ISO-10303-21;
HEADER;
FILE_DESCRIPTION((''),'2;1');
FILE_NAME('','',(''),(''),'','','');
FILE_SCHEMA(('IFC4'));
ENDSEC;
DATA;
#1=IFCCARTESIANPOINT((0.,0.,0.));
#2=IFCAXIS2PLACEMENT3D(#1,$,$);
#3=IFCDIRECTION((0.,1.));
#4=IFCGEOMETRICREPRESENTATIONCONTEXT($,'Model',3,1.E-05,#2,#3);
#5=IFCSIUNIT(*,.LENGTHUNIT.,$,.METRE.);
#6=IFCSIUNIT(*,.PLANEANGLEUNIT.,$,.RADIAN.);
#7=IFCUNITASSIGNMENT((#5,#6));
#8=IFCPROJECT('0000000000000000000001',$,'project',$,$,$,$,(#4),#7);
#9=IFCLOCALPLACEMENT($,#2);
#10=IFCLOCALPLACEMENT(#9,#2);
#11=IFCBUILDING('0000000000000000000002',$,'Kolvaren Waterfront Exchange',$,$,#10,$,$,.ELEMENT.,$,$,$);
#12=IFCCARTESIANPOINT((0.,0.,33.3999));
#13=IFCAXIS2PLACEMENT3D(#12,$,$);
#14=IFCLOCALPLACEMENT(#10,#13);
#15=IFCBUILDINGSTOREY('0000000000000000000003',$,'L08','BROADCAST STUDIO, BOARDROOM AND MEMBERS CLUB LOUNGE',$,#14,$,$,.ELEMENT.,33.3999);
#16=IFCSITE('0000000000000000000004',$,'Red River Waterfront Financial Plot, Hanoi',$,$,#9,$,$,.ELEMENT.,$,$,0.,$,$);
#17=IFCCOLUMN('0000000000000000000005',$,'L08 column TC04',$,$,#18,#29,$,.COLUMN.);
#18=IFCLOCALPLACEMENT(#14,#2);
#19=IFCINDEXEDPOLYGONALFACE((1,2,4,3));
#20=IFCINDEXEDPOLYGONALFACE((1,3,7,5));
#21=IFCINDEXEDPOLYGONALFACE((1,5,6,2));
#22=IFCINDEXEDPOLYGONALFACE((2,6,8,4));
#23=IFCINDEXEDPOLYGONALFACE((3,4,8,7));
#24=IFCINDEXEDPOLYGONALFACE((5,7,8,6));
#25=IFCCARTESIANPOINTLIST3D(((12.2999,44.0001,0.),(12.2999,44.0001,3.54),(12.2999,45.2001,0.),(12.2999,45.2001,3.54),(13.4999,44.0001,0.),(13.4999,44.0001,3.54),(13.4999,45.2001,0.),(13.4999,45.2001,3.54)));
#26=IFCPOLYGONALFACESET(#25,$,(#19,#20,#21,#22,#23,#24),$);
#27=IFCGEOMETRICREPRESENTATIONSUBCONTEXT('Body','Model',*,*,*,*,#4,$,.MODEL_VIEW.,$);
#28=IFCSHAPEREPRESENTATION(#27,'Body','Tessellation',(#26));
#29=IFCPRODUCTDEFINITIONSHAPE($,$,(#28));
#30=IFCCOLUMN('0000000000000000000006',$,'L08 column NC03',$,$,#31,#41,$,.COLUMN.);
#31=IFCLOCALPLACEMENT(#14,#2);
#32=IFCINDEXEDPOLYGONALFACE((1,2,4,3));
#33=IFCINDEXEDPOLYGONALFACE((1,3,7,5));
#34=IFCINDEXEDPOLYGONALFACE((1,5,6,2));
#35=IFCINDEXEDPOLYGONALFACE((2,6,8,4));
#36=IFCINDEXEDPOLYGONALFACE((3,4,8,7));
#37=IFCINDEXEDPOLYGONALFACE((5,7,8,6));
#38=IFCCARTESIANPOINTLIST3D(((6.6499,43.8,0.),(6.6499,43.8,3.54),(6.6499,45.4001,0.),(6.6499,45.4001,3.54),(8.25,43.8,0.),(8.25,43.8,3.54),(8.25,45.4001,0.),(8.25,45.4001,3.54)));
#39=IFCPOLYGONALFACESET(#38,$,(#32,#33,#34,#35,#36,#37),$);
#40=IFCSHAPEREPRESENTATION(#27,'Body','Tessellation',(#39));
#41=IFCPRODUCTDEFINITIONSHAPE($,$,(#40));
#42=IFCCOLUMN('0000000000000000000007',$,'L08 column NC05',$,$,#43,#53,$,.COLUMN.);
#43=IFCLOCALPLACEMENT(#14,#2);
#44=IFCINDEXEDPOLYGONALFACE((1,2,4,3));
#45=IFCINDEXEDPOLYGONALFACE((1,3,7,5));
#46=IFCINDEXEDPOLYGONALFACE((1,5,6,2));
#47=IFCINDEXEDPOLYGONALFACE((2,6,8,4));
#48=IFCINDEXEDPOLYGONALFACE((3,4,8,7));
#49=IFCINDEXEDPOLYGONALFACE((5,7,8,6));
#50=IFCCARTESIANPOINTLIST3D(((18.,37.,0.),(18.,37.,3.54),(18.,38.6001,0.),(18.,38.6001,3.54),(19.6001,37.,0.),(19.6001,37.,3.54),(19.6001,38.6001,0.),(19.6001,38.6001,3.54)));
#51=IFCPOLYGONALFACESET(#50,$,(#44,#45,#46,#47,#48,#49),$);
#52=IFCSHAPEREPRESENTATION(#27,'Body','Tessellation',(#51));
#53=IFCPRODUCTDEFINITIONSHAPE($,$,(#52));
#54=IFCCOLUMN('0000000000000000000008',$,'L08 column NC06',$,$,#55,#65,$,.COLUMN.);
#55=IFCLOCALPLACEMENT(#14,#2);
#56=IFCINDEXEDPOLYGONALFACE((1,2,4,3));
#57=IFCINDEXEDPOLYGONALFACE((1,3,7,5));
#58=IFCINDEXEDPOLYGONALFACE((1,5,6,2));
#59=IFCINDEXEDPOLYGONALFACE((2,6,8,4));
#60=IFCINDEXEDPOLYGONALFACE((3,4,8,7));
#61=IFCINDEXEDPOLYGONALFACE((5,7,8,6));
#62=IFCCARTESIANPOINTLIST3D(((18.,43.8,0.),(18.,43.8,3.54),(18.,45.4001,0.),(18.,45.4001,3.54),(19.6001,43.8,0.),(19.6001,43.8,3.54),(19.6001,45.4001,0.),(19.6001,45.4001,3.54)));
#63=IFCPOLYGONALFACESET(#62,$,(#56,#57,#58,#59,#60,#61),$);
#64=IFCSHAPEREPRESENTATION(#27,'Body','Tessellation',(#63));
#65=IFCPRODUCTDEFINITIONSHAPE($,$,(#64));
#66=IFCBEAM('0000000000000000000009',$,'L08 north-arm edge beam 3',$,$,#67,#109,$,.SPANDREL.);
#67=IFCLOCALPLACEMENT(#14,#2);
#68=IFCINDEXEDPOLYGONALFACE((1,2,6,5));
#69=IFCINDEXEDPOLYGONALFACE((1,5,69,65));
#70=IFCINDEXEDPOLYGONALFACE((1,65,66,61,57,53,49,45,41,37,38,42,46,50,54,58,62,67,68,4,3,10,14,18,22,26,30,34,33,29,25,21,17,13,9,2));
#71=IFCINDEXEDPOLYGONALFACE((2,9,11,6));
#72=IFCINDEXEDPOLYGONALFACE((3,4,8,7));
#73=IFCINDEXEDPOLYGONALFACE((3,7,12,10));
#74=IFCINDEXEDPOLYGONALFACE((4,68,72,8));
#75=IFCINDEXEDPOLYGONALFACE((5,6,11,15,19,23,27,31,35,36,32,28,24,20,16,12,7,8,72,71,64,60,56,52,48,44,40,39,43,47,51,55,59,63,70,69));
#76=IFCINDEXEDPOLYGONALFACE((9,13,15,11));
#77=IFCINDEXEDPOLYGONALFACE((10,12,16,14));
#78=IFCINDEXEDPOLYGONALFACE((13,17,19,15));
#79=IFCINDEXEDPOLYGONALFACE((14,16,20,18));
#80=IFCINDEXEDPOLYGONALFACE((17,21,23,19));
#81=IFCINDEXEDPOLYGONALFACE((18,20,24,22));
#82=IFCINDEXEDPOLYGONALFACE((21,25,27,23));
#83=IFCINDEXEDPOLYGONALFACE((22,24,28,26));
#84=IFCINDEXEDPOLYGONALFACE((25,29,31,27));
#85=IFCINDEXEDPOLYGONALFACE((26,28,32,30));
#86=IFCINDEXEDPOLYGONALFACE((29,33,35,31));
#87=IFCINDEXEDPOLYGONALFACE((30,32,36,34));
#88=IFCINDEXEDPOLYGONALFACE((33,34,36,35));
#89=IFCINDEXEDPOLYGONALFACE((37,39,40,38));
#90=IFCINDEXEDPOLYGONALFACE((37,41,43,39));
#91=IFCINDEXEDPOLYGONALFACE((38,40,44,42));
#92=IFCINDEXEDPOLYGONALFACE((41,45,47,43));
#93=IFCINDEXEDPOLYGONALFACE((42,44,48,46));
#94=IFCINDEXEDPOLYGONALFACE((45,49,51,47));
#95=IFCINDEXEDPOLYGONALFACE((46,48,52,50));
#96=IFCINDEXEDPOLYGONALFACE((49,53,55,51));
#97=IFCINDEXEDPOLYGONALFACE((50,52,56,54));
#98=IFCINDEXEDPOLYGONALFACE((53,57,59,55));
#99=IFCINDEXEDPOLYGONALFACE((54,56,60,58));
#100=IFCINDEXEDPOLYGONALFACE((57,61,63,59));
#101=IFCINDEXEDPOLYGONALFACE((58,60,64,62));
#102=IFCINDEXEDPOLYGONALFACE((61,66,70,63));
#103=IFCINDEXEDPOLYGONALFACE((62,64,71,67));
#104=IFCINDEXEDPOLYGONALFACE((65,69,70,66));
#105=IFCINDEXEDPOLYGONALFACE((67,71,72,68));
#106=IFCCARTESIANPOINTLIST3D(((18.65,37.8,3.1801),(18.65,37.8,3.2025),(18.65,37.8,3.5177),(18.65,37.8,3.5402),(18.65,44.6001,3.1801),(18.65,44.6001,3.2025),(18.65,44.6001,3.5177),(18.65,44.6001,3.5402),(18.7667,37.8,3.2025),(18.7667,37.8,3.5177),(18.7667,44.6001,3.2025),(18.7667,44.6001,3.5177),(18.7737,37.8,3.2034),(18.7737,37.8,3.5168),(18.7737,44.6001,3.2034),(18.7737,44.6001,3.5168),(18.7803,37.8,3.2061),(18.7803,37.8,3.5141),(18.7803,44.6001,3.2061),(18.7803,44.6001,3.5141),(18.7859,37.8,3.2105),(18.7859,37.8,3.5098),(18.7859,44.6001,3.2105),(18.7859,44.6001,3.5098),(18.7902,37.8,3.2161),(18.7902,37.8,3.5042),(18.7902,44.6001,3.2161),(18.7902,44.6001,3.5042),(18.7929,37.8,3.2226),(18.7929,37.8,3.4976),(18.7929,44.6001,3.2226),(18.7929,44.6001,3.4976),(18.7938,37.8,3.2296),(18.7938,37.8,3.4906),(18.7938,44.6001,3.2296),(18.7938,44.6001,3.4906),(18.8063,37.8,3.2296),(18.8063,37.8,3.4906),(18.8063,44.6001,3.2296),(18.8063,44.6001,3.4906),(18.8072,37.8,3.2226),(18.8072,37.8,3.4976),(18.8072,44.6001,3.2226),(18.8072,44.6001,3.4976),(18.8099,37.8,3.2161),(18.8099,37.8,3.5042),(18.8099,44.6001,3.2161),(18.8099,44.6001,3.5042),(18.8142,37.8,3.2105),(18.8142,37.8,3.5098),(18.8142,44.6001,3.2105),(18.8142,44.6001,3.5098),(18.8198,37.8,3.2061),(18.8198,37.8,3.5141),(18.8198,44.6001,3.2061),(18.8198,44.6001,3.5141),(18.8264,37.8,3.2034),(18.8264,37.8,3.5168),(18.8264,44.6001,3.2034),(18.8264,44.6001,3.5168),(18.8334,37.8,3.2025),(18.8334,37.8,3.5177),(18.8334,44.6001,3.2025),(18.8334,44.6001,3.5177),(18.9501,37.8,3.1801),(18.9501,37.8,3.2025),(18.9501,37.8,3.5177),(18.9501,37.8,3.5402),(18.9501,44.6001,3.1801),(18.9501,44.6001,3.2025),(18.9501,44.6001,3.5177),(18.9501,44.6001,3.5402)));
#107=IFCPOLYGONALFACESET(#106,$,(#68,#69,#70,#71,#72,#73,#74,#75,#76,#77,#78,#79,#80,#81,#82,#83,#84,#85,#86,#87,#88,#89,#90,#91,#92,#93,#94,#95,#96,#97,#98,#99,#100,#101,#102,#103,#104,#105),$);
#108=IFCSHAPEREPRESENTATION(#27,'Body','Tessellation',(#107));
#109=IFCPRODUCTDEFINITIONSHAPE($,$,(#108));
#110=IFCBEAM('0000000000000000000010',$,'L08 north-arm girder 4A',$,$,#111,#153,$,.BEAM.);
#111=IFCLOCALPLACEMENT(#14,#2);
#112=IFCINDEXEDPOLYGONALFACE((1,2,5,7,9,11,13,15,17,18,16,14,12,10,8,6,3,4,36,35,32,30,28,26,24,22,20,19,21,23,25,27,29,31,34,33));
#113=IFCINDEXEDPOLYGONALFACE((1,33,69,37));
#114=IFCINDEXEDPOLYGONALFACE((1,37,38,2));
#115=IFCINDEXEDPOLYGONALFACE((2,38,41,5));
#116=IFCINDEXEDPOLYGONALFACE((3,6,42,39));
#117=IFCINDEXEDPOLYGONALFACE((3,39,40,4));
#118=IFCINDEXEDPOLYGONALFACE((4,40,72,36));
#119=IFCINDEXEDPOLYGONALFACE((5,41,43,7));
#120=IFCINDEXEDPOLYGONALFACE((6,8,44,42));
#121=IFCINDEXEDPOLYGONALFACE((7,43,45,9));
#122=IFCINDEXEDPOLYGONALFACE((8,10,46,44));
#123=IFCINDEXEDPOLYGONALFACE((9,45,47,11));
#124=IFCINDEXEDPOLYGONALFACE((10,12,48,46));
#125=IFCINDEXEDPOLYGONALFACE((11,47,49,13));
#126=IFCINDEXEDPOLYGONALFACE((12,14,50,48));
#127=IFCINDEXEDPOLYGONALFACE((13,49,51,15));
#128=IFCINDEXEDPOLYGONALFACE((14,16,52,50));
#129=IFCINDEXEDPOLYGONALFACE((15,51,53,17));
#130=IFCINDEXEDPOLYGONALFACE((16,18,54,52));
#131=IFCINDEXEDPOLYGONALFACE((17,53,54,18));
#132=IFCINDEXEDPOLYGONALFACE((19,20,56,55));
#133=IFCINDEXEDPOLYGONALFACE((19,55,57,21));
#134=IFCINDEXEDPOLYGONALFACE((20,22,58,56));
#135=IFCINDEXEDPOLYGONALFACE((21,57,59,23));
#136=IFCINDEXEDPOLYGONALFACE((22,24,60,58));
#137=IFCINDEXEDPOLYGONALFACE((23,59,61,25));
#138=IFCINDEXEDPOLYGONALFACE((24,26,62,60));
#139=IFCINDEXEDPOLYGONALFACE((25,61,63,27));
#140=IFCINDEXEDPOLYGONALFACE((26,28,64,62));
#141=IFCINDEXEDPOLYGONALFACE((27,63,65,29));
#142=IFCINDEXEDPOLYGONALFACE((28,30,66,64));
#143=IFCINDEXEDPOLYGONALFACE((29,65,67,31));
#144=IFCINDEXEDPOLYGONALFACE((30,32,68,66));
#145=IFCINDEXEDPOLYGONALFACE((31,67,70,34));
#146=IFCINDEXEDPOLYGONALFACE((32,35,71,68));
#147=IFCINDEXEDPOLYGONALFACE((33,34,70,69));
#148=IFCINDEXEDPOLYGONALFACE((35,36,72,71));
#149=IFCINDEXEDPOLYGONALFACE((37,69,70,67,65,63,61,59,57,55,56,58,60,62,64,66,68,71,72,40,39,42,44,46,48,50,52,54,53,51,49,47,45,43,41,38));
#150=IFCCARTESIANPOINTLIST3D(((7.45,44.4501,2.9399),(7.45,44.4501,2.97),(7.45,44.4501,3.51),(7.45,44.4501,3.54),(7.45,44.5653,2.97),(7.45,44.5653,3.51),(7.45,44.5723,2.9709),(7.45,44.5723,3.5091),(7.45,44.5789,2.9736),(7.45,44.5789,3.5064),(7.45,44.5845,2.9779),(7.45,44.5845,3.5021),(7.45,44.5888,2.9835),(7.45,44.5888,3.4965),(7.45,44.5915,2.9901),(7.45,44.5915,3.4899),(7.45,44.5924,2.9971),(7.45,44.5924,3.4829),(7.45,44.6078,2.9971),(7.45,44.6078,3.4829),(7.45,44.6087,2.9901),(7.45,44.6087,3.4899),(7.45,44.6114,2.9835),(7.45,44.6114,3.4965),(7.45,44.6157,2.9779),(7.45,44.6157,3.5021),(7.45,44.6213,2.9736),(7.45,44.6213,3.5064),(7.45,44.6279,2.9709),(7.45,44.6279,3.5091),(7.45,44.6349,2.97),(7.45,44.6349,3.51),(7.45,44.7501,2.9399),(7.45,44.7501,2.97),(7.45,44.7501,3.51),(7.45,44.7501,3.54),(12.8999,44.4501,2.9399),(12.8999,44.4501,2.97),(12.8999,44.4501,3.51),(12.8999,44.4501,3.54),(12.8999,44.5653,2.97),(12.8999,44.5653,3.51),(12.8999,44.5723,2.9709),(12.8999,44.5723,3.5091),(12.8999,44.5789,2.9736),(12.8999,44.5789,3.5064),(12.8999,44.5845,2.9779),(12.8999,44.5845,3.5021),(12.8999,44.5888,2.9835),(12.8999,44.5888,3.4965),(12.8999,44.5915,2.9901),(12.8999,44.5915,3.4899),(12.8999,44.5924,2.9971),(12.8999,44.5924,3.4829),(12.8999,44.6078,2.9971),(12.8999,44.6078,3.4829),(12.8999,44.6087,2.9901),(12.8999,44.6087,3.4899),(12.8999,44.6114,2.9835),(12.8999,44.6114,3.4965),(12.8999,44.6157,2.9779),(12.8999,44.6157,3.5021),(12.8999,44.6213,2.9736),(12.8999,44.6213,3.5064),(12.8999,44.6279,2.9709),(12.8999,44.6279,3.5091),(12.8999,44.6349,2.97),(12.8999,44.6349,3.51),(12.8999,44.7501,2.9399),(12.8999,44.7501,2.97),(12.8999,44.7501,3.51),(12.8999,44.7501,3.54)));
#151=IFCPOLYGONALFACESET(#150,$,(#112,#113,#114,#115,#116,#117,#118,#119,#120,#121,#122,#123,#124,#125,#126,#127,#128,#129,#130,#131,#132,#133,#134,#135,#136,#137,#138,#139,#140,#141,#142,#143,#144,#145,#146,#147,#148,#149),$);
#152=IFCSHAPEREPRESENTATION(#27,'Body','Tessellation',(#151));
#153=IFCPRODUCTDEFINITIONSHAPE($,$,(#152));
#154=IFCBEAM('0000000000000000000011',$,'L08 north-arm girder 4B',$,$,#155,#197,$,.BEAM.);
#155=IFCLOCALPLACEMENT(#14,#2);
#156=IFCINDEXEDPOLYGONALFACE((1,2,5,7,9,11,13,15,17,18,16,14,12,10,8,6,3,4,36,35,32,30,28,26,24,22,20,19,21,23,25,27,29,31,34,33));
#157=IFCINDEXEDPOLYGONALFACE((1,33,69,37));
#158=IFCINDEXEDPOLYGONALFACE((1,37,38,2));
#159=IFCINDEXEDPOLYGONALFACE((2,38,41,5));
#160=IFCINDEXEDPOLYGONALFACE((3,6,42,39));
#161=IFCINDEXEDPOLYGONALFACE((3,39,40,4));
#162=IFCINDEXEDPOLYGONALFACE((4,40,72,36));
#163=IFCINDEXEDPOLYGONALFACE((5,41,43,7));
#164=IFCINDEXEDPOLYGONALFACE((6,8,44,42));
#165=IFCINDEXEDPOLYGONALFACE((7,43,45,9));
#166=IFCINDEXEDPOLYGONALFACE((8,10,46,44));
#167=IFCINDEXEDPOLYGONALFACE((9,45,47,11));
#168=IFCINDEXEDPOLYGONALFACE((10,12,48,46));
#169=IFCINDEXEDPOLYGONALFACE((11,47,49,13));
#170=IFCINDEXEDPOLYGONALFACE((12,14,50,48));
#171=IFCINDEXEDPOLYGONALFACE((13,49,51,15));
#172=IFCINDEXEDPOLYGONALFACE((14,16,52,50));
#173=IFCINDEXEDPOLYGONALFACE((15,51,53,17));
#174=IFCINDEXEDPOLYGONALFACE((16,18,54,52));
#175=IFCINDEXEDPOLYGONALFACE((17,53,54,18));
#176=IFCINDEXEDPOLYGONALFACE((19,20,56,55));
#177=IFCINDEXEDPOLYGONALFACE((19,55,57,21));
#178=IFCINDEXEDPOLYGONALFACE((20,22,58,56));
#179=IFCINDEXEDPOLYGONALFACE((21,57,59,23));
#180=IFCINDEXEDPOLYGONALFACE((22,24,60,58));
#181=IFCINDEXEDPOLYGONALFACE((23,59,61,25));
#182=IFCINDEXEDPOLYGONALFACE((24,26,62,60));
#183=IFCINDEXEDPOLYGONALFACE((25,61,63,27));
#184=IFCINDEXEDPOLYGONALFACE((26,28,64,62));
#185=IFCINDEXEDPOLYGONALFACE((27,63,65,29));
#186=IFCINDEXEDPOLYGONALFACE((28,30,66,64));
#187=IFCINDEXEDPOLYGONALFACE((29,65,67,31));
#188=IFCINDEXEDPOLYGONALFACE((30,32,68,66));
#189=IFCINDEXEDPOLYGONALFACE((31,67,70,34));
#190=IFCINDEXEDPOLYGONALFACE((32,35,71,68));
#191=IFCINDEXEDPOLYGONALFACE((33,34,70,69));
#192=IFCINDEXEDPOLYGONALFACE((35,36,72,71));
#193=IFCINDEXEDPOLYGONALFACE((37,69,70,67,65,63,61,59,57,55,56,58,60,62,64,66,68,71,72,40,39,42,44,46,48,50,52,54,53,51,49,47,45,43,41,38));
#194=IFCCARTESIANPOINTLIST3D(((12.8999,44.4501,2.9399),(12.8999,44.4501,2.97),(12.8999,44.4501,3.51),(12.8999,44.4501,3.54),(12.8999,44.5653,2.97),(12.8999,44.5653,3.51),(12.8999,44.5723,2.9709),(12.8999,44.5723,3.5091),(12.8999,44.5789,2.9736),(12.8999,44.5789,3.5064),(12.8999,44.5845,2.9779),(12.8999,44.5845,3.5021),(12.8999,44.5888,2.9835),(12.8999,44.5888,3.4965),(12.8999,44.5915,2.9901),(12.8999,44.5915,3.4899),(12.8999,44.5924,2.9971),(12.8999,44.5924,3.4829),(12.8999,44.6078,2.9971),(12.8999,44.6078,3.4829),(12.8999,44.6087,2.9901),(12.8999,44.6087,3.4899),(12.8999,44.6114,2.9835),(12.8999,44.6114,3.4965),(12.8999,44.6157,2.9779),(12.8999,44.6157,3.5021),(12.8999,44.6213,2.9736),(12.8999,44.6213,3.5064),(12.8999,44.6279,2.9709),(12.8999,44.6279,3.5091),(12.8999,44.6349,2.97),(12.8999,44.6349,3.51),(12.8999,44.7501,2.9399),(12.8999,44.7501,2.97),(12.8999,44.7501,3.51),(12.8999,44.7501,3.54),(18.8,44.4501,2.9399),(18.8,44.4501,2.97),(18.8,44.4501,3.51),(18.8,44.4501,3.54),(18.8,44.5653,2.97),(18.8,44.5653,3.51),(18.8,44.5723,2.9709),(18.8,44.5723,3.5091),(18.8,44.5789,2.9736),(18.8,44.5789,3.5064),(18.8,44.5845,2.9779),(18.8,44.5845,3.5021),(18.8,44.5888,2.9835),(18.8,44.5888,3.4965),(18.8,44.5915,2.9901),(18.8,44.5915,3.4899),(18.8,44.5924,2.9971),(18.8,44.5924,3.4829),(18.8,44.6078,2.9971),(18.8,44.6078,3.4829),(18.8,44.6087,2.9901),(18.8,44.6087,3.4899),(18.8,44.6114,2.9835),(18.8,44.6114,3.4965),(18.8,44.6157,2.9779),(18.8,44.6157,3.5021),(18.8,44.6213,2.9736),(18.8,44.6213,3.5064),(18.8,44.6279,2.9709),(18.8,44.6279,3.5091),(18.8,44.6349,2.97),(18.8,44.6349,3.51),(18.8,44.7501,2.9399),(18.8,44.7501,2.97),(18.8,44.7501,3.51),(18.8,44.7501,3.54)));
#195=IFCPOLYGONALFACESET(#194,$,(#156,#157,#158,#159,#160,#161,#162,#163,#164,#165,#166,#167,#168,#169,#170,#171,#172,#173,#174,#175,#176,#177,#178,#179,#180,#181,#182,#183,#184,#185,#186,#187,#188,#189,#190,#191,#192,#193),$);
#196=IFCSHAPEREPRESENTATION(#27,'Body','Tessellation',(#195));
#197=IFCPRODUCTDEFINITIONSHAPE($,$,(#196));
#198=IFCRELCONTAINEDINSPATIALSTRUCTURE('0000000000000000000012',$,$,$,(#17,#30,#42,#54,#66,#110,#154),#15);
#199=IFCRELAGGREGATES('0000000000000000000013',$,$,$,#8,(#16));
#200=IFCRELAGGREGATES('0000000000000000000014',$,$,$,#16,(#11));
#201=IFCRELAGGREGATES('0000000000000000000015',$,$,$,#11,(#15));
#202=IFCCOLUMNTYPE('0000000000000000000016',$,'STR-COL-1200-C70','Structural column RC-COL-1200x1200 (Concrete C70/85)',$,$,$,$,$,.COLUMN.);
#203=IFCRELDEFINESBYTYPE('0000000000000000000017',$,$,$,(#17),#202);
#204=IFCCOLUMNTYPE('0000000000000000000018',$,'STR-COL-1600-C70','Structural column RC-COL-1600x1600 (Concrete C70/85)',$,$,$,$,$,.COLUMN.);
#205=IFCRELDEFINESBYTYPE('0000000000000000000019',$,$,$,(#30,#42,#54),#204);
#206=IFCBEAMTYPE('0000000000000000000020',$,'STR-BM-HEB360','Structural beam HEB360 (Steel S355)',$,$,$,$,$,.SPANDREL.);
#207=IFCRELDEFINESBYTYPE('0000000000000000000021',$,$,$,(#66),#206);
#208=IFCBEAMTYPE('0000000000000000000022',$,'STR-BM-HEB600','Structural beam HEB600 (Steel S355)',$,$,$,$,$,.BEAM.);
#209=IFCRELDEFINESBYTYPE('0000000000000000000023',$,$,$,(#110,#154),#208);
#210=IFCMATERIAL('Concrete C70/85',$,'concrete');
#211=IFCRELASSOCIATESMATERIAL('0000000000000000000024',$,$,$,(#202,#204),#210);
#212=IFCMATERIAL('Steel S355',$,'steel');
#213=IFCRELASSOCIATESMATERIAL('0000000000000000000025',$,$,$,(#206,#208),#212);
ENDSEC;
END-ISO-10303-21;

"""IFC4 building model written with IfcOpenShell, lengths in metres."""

from ifc_helpers import new_model, si_unit, direction, frame, origin, origin_2d, place, context, subcontext, project, spatial, rectangle, i_section, extrude, material, material_profile, profile_set, type_object, element, save


model = new_model("IFC4")

# Units and contexts
model_context = context("Model", 3, precision=1e-05, world=origin(), true_north=direction((0.0, 1.0)))
body_context = subcontext(model_context, "Body", "Model", "MODEL_VIEW")
ifc_project = project(units=[si_unit("LENGTHUNIT", "METRE"), si_unit("PLANEANGLEUNIT", "RADIAN")], contexts=[model_context])

# Site, building, storey
site_placement = place(None, origin())
site = spatial("IfcSite", under=ifc_project, at=site_placement, Name="Red River Waterfront Financial Plot, Hanoi", CompositionType="ELEMENT", RefElevation=0.0)
building_placement = place(site_placement, origin())
building = spatial("IfcBuilding", under=site, at=building_placement, Name="Kolvaren Waterfront Exchange", CompositionType="ELEMENT")
storey_placement = place(building_placement, frame((0.0, 0.0, 33.3999)))
storey = spatial("IfcBuildingStorey", under=building, at=storey_placement, Name="L08", Description="BROADCAST STUDIO, BOARDROOM AND MEMBERS CLUB LOUNGE", CompositionType="ELEMENT", Elevation=33.3999)

# Columns
ifc_material_1 = material(Name="Concrete C70/85", Category="concrete")
ifc_material_profile_1 = material_profile(ifc_material_1, rectangle(XDim=1.2, YDim=1.2, at=origin_2d()), Name="RC-COL-1200x1200")
ifc_profile_set_1 = profile_set([ifc_material_profile_1], Name="Concrete C70/85")
column_type_1 = type_object("IfcColumnType", Name="STR-COL-1200-C70", Description="Structural column RC-COL-1200x1200 (Concrete C70/85)", PredefinedType="COLUMN", material=ifc_profile_set_1)
column_placement = place(storey_placement, frame((12.8999, 44.6001, 0.0), z_axis=(0.0, 0.0, 1.0), x_axis=(1.0, 0.0, 0.0)))
element("IfcColumn", 1, at=column_placement, inside=storey, type_object=column_type_1, Name="L08 column TC04", PredefinedType="COLUMN", context=body_context, shape_type="SweptSolid", body=[
    extrude(rectangle(XDim=1.2, YDim=1.2, at=origin_2d()), origin(), (0.0, 0.0, 1.0), 3.54),
])
ifc_material_profile_2 = material_profile(ifc_material_1, rectangle(XDim=1.6001, YDim=1.6001, at=origin_2d()), Name="RC-COL-1600x1600")
ifc_profile_set_2 = profile_set([ifc_material_profile_2], Name="Concrete C70/85")
column_type_2 = type_object("IfcColumnType", Name="STR-COL-1600-C70", Description="Structural column RC-COL-1600x1600 (Concrete C70/85)", PredefinedType="COLUMN", material=ifc_profile_set_2)
for number, where, z_axis, x_axis, name in (
    (2, (7.45, 44.6001, 0.0), (0.0, 0.0, 1.0), (1.0, 0.0, 0.0), "L08 column NC03"),
    (3, (18.8, 37.8, 0.0), (0.0, 0.0, 1.0), (1.0, 0.0, 0.0), "L08 column NC05"),
    (4, (18.8, 44.6001, 0.0), (0.0, 0.0, 1.0), (1.0, 0.0, 0.0), "L08 column NC06"),
):
    element("IfcColumn", number, at=place(storey_placement, frame(where, z_axis=z_axis, x_axis=x_axis)), inside=storey, type_object=column_type_2, Name=name, PredefinedType="COLUMN", context=body_context, shape_type="SweptSolid", body=[
        extrude(rectangle(XDim=1.6001, YDim=1.6001, at=origin_2d()), origin(), (0.0, 0.0, 1.0), 3.54),
    ])

# Beams
ifc_material_2 = material(Name="Steel S355", Category="steel")
ifc_material_profile_3 = material_profile(ifc_material_2, i_section(OverallWidth=0.3, OverallDepth=0.3601, WebThickness=0.0125, FlangeThickness=0.0225, FilletRadius=0.0271, at=origin_2d()), Name="HEB360")
ifc_profile_set_3 = profile_set([ifc_material_profile_3], Name="Steel S355")
beam_type_1 = type_object("IfcBeamType", Name="STR-BM-HEB360", Description="Structural beam HEB360 (Steel S355)", PredefinedType="SPANDREL", material=ifc_profile_set_3)
beam_1_placement = place(storey_placement, frame((18.8, 37.8, 3.3601), z_axis=(0.0, 1.0, 0.0), x_axis=(-1.0, 0.0, 0.0)))
element("IfcBeam", 5, at=beam_1_placement, inside=storey, type_object=beam_type_1, Name="L08 north-arm edge beam 3", PredefinedType="SPANDREL", context=body_context, shape_type="SweptSolid", body=[
    extrude(i_section(OverallWidth=0.3, OverallDepth=0.3601, WebThickness=0.0125, FlangeThickness=0.0225, FilletRadius=0.0271, at=origin_2d()), origin(), (0.0, 0.0, 1.0), 6.8),
])
ifc_material_profile_4 = material_profile(ifc_material_2, i_section(OverallWidth=0.3, OverallDepth=0.6001, WebThickness=0.0154, FlangeThickness=0.03, FilletRadius=0.0271, at=origin_2d()), Name="HEB600")
ifc_profile_set_4 = profile_set([ifc_material_profile_4], Name="Steel S355")
beam_type_2 = type_object("IfcBeamType", Name="STR-BM-HEB600", Description="Structural beam HEB600 (Steel S355)", PredefinedType="BEAM", material=ifc_profile_set_4)
beam_2_placement = place(storey_placement, frame((7.45, 44.6001, 3.24), z_axis=(1.0, 0.0, 0.0), x_axis=(0.0, 1.0, 0.0)))
element("IfcBeam", 6, at=beam_2_placement, inside=storey, type_object=beam_type_2, Name="L08 north-arm girder 4A", PredefinedType="BEAM", context=body_context, shape_type="SweptSolid", body=[
    extrude(i_section(OverallWidth=0.3, OverallDepth=0.6001, WebThickness=0.0154, FlangeThickness=0.03, FilletRadius=0.0271, at=origin_2d()), origin(), (0.0, 0.0, 1.0), 5.45),
])
beam_3_placement = place(storey_placement, frame((12.8999, 44.6001, 3.24), z_axis=(1.0, 0.0, 0.0), x_axis=(0.0, 1.0, 0.0)))
element("IfcBeam", 7, at=beam_3_placement, inside=storey, type_object=beam_type_2, Name="L08 north-arm girder 4B", PredefinedType="BEAM", context=body_context, shape_type="SweptSolid", body=[
    extrude(i_section(OverallWidth=0.3, OverallDepth=0.6001, WebThickness=0.0154, FlangeThickness=0.03, FilletRadius=0.0271, at=origin_2d()), origin(), (0.0, 0.0, 1.0), 5.9001),
])

save(model, "model.ifc")
